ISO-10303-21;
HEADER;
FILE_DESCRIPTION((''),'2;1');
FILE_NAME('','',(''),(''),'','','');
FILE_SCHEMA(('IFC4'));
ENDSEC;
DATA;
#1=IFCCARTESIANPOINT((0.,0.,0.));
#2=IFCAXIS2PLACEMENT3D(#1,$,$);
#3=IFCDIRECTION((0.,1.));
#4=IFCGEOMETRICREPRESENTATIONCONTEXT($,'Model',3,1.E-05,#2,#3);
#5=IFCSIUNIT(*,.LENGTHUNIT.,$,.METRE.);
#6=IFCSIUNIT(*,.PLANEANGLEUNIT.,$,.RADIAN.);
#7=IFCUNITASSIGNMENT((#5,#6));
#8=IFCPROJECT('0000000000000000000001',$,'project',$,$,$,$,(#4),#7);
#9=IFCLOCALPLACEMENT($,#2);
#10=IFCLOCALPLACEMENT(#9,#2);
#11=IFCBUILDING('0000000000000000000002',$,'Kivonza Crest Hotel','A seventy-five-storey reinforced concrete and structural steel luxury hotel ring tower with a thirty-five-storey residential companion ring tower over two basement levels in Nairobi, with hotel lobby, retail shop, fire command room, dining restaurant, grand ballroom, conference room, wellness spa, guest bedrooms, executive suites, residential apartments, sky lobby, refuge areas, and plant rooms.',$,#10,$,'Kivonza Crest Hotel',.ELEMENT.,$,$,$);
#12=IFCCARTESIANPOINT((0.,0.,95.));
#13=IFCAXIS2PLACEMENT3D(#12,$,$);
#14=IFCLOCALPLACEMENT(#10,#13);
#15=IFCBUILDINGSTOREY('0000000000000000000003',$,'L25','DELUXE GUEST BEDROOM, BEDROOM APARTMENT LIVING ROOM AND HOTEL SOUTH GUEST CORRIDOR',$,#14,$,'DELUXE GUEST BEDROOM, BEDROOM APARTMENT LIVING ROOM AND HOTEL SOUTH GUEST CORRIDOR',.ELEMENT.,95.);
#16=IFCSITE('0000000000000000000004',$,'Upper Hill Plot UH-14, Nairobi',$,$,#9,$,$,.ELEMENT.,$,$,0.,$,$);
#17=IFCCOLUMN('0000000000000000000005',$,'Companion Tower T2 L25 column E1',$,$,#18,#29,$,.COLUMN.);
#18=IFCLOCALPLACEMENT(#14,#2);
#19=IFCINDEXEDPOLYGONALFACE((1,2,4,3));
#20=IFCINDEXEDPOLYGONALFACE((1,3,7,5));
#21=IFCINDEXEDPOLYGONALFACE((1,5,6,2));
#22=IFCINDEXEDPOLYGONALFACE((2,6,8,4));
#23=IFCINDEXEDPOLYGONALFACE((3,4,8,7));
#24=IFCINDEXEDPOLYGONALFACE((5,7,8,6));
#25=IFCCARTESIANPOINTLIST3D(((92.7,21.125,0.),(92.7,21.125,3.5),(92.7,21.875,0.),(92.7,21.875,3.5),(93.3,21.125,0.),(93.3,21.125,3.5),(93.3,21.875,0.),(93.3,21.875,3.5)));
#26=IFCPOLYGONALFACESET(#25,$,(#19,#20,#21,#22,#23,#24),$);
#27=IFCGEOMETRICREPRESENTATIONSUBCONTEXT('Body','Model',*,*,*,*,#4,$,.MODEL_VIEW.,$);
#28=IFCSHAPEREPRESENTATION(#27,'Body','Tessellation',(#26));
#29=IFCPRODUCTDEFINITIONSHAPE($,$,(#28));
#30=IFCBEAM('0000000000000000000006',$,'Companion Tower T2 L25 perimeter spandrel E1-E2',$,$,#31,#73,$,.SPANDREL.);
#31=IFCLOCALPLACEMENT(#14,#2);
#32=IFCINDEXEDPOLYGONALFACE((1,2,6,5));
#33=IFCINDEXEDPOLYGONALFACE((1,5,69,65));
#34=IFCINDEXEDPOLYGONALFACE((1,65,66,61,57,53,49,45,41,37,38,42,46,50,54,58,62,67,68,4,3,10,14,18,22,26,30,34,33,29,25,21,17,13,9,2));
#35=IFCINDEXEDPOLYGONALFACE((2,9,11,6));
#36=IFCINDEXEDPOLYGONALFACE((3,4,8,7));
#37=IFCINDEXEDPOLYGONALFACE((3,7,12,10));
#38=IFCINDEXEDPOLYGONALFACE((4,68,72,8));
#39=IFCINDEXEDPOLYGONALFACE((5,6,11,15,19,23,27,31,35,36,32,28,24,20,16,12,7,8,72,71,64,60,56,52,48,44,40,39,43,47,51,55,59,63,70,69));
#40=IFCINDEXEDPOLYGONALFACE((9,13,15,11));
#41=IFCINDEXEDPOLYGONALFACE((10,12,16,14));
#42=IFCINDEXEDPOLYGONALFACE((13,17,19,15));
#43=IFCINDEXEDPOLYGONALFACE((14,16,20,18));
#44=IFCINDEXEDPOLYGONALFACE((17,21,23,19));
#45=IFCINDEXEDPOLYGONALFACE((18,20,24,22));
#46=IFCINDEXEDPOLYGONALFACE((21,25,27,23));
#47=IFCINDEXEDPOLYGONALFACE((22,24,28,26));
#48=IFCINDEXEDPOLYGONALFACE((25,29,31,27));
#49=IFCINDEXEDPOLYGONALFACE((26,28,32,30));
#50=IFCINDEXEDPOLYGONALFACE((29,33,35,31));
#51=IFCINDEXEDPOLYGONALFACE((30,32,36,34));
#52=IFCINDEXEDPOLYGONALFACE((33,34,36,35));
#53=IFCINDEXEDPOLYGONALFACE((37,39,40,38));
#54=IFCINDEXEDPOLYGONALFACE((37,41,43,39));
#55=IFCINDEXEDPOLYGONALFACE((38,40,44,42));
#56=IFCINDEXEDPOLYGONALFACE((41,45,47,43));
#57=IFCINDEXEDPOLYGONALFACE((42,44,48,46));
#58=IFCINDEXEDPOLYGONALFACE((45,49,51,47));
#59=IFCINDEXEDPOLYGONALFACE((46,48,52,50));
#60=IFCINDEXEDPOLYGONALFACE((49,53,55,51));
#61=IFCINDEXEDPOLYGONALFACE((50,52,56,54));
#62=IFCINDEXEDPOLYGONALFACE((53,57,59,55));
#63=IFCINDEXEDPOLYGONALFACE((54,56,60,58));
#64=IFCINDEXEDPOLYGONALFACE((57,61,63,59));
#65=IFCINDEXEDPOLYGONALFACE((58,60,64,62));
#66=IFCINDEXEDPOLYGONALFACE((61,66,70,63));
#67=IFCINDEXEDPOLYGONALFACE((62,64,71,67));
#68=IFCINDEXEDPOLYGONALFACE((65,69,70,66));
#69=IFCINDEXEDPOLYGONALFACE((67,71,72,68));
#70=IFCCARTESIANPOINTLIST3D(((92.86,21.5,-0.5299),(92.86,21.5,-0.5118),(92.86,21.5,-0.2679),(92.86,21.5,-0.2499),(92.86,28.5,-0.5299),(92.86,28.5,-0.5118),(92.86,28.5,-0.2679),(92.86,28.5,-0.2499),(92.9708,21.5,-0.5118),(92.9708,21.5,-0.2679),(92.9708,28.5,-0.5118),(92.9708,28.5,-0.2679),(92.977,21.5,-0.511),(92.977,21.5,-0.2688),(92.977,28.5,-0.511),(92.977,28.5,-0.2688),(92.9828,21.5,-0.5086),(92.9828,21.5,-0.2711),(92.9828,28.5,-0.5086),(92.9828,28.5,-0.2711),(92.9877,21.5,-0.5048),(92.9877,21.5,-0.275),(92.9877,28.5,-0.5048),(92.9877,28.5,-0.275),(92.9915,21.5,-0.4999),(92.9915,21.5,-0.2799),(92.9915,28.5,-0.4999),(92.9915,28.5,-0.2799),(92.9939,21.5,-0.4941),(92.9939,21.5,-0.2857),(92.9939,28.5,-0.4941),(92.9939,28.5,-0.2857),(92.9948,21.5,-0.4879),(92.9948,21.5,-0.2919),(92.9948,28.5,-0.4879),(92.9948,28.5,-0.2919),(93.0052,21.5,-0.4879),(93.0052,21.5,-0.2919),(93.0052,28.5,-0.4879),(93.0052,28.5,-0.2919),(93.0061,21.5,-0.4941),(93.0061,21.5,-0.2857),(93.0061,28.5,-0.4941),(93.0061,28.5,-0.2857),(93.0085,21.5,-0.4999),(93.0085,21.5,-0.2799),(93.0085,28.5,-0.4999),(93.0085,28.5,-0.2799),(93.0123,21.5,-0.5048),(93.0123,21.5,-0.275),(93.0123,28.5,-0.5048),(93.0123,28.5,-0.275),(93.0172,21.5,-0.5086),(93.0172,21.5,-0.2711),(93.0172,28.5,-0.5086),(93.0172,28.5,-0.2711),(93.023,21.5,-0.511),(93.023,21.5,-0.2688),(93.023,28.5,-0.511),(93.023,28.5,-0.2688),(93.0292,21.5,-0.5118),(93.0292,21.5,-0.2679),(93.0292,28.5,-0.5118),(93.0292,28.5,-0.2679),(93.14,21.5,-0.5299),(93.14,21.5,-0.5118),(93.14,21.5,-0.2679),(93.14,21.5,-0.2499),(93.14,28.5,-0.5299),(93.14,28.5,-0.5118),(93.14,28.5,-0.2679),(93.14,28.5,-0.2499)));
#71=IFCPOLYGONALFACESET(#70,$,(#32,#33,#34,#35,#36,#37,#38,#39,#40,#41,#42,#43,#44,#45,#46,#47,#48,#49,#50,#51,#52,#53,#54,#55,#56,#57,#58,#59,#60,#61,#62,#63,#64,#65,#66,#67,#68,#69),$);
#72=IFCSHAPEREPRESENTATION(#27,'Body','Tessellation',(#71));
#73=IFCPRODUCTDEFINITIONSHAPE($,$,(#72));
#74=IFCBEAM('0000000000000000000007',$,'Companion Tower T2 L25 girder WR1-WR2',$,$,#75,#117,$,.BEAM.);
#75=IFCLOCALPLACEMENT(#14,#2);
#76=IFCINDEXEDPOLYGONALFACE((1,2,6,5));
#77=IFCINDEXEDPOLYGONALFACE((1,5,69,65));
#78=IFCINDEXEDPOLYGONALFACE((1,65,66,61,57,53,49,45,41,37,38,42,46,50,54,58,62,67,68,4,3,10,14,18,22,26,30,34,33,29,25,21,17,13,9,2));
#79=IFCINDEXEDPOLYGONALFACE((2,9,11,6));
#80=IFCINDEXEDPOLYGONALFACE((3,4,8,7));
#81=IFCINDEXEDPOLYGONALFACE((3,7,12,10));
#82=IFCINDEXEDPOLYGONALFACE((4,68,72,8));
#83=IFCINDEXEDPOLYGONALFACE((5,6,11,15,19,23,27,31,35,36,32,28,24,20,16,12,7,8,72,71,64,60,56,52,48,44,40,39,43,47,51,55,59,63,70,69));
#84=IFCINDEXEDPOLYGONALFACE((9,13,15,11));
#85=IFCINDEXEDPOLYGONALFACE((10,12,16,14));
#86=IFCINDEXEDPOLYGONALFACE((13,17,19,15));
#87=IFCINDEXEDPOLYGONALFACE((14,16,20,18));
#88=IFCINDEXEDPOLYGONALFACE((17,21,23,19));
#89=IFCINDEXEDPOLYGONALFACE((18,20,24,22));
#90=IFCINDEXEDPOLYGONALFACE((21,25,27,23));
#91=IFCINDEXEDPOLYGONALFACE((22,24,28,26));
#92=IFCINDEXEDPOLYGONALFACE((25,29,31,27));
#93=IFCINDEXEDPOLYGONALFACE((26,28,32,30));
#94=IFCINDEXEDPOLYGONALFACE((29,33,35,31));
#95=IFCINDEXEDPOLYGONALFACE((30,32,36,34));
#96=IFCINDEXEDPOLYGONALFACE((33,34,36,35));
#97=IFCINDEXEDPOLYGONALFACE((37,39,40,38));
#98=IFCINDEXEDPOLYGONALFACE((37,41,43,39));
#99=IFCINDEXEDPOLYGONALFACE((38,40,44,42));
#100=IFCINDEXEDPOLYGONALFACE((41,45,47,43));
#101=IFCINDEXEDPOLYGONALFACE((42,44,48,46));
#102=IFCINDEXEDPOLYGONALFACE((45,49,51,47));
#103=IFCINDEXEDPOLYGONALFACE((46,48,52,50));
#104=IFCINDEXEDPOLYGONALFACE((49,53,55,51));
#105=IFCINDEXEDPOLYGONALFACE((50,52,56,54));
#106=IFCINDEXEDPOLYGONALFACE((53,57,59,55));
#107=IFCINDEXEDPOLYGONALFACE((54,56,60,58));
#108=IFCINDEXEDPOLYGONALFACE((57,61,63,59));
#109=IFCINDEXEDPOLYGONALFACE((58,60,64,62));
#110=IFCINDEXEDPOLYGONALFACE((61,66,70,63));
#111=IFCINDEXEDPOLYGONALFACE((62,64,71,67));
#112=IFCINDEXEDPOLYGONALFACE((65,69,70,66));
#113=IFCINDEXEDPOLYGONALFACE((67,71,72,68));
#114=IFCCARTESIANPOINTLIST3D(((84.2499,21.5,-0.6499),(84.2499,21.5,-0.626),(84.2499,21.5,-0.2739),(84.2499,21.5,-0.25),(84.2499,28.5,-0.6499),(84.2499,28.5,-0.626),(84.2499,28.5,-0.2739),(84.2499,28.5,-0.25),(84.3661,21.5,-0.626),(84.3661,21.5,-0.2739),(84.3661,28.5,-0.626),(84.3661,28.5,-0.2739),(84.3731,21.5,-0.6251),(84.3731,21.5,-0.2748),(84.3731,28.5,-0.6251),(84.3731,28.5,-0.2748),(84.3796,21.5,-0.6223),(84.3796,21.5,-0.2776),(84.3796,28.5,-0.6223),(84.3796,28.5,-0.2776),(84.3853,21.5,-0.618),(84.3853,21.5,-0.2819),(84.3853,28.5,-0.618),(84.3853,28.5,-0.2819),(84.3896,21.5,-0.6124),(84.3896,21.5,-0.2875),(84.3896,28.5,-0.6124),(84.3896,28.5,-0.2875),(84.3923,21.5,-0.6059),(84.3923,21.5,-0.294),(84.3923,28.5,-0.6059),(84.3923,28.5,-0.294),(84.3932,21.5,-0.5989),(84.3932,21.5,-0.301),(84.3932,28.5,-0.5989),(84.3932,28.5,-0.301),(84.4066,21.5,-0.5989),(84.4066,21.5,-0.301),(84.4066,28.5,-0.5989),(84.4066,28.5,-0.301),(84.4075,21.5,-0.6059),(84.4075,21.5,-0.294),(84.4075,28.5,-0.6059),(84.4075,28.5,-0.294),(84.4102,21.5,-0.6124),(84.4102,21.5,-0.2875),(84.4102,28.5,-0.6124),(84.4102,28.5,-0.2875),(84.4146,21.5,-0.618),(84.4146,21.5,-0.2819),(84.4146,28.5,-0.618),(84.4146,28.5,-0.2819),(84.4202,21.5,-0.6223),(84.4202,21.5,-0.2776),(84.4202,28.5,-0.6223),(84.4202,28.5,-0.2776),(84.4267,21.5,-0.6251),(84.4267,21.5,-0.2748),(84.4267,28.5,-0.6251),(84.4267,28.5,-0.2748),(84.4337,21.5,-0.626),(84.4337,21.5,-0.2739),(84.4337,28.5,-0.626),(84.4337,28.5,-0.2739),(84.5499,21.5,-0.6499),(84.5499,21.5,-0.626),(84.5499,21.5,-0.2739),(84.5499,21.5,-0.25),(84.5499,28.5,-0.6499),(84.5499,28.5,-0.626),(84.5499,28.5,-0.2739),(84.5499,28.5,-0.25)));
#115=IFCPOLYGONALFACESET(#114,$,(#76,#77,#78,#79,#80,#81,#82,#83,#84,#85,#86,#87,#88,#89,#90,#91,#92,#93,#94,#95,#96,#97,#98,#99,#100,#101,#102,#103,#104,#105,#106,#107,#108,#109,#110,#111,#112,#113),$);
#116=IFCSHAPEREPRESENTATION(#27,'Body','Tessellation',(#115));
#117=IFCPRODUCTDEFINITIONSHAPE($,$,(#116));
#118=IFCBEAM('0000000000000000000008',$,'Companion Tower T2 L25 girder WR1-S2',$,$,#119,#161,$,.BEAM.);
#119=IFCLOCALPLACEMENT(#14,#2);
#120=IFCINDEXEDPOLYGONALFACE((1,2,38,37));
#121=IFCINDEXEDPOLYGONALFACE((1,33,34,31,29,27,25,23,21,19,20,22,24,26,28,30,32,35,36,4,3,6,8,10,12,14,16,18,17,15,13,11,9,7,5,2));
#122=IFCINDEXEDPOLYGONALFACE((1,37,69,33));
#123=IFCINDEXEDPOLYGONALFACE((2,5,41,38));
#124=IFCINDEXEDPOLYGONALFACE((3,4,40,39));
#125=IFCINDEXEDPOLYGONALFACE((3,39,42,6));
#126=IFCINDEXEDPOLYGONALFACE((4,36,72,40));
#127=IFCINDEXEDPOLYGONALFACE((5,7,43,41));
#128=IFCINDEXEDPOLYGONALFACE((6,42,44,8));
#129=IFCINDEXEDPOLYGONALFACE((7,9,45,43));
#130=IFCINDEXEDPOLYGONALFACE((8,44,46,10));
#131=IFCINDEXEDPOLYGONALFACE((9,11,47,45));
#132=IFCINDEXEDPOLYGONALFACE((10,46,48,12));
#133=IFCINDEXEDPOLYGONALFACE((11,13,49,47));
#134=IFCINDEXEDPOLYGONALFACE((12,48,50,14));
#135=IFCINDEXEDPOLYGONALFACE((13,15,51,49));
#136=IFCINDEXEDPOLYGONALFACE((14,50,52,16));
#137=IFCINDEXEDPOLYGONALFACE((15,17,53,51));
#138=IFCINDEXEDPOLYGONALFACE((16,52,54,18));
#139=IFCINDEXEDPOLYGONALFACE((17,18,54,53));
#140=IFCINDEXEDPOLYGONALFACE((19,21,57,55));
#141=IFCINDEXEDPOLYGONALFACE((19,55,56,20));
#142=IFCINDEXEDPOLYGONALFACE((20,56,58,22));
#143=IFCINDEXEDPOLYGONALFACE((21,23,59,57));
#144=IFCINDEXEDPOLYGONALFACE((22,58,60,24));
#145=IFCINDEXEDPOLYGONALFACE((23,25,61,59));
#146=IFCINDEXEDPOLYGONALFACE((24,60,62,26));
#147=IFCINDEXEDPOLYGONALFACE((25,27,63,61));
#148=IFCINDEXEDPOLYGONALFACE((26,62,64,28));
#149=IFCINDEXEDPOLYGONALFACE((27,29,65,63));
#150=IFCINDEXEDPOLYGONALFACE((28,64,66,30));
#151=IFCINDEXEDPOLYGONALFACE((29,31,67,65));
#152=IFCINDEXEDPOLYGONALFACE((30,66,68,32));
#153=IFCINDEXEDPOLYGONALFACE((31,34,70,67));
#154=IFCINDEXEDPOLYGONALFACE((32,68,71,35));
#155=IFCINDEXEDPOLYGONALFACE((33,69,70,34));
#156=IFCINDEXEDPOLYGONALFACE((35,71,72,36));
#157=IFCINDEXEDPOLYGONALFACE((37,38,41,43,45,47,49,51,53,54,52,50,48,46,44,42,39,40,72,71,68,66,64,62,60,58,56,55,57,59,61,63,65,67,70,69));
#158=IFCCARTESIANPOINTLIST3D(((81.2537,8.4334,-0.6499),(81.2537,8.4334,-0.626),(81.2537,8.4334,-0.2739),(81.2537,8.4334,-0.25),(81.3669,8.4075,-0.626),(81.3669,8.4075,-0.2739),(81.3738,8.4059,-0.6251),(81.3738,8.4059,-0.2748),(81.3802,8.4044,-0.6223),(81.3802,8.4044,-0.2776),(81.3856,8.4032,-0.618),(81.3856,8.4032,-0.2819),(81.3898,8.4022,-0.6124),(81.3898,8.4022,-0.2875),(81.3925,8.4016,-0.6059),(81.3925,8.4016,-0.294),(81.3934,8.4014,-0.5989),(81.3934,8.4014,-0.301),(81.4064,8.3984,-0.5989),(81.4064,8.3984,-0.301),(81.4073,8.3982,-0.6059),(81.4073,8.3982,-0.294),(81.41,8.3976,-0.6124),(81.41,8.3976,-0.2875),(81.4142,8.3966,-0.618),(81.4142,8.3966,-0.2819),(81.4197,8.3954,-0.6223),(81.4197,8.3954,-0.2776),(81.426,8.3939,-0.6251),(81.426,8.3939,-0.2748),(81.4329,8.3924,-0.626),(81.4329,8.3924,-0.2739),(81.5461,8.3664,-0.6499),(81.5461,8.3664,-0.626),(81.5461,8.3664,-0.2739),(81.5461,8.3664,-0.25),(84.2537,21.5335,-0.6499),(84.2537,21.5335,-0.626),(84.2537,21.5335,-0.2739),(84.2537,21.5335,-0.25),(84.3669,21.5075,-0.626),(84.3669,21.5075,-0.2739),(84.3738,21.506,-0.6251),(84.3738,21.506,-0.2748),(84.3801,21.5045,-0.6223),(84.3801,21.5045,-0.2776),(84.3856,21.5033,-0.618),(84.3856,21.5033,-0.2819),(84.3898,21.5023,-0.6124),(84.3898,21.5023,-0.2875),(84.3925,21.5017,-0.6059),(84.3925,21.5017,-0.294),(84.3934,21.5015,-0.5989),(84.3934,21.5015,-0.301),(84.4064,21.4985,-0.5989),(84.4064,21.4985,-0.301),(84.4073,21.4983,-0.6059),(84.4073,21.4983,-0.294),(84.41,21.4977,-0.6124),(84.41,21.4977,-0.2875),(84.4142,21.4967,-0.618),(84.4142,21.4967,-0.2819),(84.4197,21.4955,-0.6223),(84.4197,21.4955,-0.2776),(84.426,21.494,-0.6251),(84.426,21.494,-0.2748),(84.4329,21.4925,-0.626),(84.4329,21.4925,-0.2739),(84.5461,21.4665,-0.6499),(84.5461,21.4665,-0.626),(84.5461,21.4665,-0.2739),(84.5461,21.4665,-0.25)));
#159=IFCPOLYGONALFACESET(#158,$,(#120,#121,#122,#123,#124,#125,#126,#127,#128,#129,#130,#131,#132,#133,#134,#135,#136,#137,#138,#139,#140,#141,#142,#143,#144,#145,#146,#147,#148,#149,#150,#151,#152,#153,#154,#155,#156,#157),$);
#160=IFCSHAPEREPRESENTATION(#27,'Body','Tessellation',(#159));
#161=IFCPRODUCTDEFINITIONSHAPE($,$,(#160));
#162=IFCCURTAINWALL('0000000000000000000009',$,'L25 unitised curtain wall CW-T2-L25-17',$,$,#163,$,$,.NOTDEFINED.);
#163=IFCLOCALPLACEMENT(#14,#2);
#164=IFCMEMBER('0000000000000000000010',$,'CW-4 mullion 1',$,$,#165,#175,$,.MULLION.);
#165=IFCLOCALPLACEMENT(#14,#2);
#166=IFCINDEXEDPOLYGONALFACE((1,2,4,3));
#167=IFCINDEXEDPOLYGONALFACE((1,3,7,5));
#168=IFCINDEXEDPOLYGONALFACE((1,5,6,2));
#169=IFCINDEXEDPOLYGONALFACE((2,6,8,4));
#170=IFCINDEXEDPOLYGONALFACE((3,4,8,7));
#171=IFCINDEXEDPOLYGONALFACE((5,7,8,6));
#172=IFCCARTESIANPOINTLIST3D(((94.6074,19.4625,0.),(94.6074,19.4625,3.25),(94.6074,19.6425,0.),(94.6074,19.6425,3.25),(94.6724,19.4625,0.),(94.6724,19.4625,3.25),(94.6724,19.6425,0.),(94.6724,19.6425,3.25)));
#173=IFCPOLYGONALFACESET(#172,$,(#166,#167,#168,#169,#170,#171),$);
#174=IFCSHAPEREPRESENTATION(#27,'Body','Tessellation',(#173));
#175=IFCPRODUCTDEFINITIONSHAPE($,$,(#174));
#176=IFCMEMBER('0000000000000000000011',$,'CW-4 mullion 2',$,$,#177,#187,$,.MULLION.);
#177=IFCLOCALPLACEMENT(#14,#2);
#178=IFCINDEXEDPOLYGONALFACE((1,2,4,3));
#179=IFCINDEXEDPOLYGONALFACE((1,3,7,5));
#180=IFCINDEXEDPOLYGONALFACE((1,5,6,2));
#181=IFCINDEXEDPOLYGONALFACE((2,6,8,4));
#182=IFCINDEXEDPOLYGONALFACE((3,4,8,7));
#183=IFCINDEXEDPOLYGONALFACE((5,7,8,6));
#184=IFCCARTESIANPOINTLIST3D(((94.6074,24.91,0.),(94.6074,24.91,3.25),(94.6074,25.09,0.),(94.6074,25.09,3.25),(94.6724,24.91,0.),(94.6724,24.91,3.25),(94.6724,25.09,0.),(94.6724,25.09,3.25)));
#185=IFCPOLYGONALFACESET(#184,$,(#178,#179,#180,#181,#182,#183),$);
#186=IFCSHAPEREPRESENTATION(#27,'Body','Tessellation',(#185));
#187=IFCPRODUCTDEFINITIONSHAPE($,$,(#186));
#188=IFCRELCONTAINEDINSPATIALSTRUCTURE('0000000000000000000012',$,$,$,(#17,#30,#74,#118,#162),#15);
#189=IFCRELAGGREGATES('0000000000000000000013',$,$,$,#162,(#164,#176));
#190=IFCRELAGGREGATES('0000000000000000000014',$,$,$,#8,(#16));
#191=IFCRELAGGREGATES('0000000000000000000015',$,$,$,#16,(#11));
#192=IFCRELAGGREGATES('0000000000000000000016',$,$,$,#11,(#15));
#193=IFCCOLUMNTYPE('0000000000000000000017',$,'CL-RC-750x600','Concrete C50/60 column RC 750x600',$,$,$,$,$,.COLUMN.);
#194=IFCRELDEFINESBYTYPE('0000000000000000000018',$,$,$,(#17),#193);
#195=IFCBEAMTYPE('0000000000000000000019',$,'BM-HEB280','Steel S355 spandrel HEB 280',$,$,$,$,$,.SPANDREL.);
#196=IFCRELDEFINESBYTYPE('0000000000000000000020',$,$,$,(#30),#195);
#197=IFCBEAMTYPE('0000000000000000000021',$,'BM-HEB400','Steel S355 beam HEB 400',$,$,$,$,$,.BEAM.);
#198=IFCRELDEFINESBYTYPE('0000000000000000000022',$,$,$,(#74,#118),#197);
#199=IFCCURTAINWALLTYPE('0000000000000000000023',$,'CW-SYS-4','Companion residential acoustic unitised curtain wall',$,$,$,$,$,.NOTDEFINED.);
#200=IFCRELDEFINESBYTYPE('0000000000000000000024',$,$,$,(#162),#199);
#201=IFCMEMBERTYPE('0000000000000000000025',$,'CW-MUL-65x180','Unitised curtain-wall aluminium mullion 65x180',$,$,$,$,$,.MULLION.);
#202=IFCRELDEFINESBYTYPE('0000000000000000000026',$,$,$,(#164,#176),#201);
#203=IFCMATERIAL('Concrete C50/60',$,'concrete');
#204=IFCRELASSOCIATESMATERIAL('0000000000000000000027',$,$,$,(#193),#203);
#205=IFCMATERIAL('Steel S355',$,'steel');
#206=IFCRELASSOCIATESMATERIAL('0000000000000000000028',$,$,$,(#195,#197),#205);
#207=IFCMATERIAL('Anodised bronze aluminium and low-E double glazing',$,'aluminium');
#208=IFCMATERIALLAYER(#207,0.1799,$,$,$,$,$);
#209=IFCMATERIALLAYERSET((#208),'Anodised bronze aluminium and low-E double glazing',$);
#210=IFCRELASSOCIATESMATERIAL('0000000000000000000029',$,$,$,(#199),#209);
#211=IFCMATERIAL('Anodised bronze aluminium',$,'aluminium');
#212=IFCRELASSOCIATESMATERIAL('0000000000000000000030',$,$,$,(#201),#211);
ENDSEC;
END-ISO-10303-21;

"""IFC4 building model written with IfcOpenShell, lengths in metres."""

from ifc_helpers import new_model, si_unit, direction, frame, origin, origin_2d, place, context, subcontext, project, spatial, rectangle, i_section, extrude, material, layer, layer_set, material_profile, profile_set, type_object, element, aggregate, save


model = new_model("IFC4")

# Units and contexts
model_context = context("Model", 3, precision=1e-05, world=origin(), true_north=direction((0.0, 1.0)))
body_context = subcontext(model_context, "Body", "Model", "MODEL_VIEW")
ifc_project = project(units=[si_unit("LENGTHUNIT", "METRE"), si_unit("PLANEANGLEUNIT", "RADIAN")], contexts=[model_context])

# Site, building, storey
site_placement = place(None, origin())
site = spatial("IfcSite", under=ifc_project, at=site_placement, Name="Upper Hill Plot UH-14, Nairobi", CompositionType="ELEMENT", RefElevation=0.0)
building_placement = place(site_placement, origin())
building = spatial("IfcBuilding", under=site, at=building_placement, Name="Kivonza Crest Hotel", Description="A seventy-five-storey reinforced concrete and structural steel luxury hotel ring tower with a thirty-five-storey residential companion ring tower over two basement levels in Nairobi, with hotel lobby, retail shop, fire command room, dining restaurant, grand ballroom, conference room, wellness spa, guest bedrooms, executive suites, residential apartments, sky lobby, refuge areas, and plant rooms.", LongName="Kivonza Crest Hotel", CompositionType="ELEMENT")
storey_placement = place(building_placement, frame((0.0, 0.0, 95.0)))
storey = spatial("IfcBuildingStorey", under=building, at=storey_placement, Name="L25", Description="DELUXE GUEST BEDROOM, BEDROOM APARTMENT LIVING ROOM AND HOTEL SOUTH GUEST CORRIDOR", LongName="DELUXE GUEST BEDROOM, BEDROOM APARTMENT LIVING ROOM AND HOTEL SOUTH GUEST CORRIDOR", CompositionType="ELEMENT", Elevation=95.0)

# Column
ifc_material_1 = material(Name="Concrete C50/60", Category="concrete")
ifc_material_profile_1 = material_profile(ifc_material_1, rectangle(XDim=0.6001, YDim=0.75, at=origin_2d()), Name="RC 750x600")
ifc_profile_set_1 = profile_set([ifc_material_profile_1], Name="Concrete C50/60")
column_type = type_object("IfcColumnType", Name="CL-RC-750x600", Description="Concrete C50/60 column RC 750x600", PredefinedType="COLUMN", material=ifc_profile_set_1)
column_placement = place(storey_placement, frame((93.0, 21.5, 0.0), z_axis=(0.0, 0.0, 1.0), x_axis=(1.0, 0.0, 0.0)))
element("IfcColumn", 1, at=column_placement, inside=storey, type_object=column_type, Name="Companion Tower T2 L25 column E1", PredefinedType="COLUMN", context=body_context, shape_type="SweptSolid", body=[
    extrude(rectangle(XDim=0.6001, YDim=0.75, at=origin_2d()), origin(), (0.0, 0.0, 1.0), 3.5),
])

# Beams
ifc_material_2 = material(Name="Steel S355", Category="steel")
ifc_material_profile_2 = material_profile(ifc_material_2, i_section(OverallWidth=0.28, OverallDepth=0.28, WebThickness=0.0105, FlangeThickness=0.0181, FilletRadius=0.0239, at=origin_2d()), Name="HEB 280")
ifc_profile_set_2 = profile_set([ifc_material_profile_2], Name="Steel S355")
beam_type_1 = type_object("IfcBeamType", Name="BM-HEB280", Description="Steel S355 spandrel HEB 280", PredefinedType="SPANDREL", material=ifc_profile_set_2)
beam_1_placement = place(storey_placement, frame((93.0, 21.5, -0.3899), z_axis=(0.0, 1.0, 0.0), x_axis=(-1.0, 0.0, 0.0)))
element("IfcBeam", 2, at=beam_1_placement, inside=storey, type_object=beam_type_1, Name="Companion Tower T2 L25 perimeter spandrel E1-E2", PredefinedType="SPANDREL", context=body_context, shape_type="SweptSolid", body=[
    extrude(i_section(OverallWidth=0.28, OverallDepth=0.28, WebThickness=0.0105, FlangeThickness=0.0181, FilletRadius=0.0239, at=origin_2d()), origin(), (0.0, 0.0, 1.0), 7.0),
])
ifc_material_profile_3 = material_profile(ifc_material_2, i_section(OverallWidth=0.3, OverallDepth=0.3999, WebThickness=0.0134, FlangeThickness=0.0239, FilletRadius=0.0271, at=origin_2d()), Name="HEB 400")
ifc_profile_set_3 = profile_set([ifc_material_profile_3], Name="Steel S355")
beam_type_2 = type_object("IfcBeamType", Name="BM-HEB400", Description="Steel S355 beam HEB 400", PredefinedType="BEAM", material=ifc_profile_set_3)
beam_2_placement = place(storey_placement, frame((84.3999, 21.5, -0.45), z_axis=(0.0, 1.0, 0.0), x_axis=(-1.0, 0.0, 0.0)))
element("IfcBeam", 3, at=beam_2_placement, inside=storey, type_object=beam_type_2, Name="Companion Tower T2 L25 girder WR1-WR2", PredefinedType="BEAM", context=body_context, shape_type="SweptSolid", body=[
    extrude(i_section(OverallWidth=0.3, OverallDepth=0.3999, WebThickness=0.0134, FlangeThickness=0.0239, FilletRadius=0.0271, at=origin_2d()), origin(), (0.0, 0.0, 1.0), 7.0),
])
beam_3_placement = place(storey_placement, frame((84.3999, 21.5, -0.45), z_axis=(-0.223227, -0.974766, 0.0), x_axis=(0.974766, -0.223227, 0.0)))
element("IfcBeam", 4, at=beam_3_placement, inside=storey, type_object=beam_type_2, Name="Companion Tower T2 L25 girder WR1-S2", PredefinedType="BEAM", context=body_context, shape_type="SweptSolid", body=[
    extrude(i_section(OverallWidth=0.3, OverallDepth=0.3999, WebThickness=0.0134, FlangeThickness=0.0239, FilletRadius=0.0271, at=origin_2d()), origin(), (0.0, 0.0, 1.0), 13.4392),
])

# Curtain wall, members
ifc_material_3 = material(Name="Anodised bronze aluminium and low-E double glazing", Category="aluminium")
ifc_layer_1 = layer(ifc_material_3, 0.1799)
ifc_layer_set_1 = layer_set([ifc_layer_1], Name="Anodised bronze aluminium and low-E double glazing")
curtain_wall_type = type_object("IfcCurtainWallType", Name="CW-SYS-4", Description="Companion residential acoustic unitised curtain wall", PredefinedType="NOTDEFINED", material=ifc_layer_set_1)
curtain_wall_placement = place(storey_placement, origin())
curtain_wall = element("IfcCurtainWall", 5, at=curtain_wall_placement, inside=storey, type_object=curtain_wall_type, Name="L25 unitised curtain wall CW-T2-L25-17", PredefinedType="NOTDEFINED")
ifc_material_4 = material(Name="Anodised bronze aluminium", Category="aluminium")
ifc_material_profile_4 = material_profile(ifc_material_4, rectangle(XDim=0.0649, YDim=0.1799, at=origin_2d()), Name="CW-M 65x180")
ifc_profile_set_4 = profile_set([ifc_material_profile_4], Name="Anodised bronze aluminium")
member_type_1 = type_object("IfcMemberType", Name="CW-MUL-65x180", Description="Unitised curtain-wall aluminium mullion 65x180", PredefinedType="MULLION", material=ifc_profile_set_4)
member_1_placement = place(storey_placement, frame((94.6399, 19.5525, 0.0), z_axis=(0.0, 0.0, 1.0), x_axis=(-1.0, 0.0, 0.0)))
member_1 = element("IfcMember", 6, at=member_1_placement, type_object=member_type_1, Name="CW-4 mullion 1", PredefinedType="MULLION", context=body_context, shape_type="SweptSolid", body=[
    extrude(rectangle(XDim=0.0649, YDim=0.1799, at=origin_2d()), origin(), (0.0, 0.0, 1.0), 3.25),
])
member_2_placement = place(storey_placement, frame((94.6399, 25.0, 0.0), z_axis=(0.0, 0.0, 1.0), x_axis=(-1.0, 0.0, 0.0)))
member_2 = element("IfcMember", 7, at=member_2_placement, type_object=member_type_1, Name="CW-4 mullion 2", PredefinedType="MULLION", context=body_context, shape_type="SweptSolid", body=[
    extrude(rectangle(XDim=0.0649, YDim=0.1799, at=origin_2d()), origin(), (0.0, 0.0, 1.0), 3.25),
])
aggregate(curtain_wall, [member_1, member_2])

save(model, "model.ifc")
